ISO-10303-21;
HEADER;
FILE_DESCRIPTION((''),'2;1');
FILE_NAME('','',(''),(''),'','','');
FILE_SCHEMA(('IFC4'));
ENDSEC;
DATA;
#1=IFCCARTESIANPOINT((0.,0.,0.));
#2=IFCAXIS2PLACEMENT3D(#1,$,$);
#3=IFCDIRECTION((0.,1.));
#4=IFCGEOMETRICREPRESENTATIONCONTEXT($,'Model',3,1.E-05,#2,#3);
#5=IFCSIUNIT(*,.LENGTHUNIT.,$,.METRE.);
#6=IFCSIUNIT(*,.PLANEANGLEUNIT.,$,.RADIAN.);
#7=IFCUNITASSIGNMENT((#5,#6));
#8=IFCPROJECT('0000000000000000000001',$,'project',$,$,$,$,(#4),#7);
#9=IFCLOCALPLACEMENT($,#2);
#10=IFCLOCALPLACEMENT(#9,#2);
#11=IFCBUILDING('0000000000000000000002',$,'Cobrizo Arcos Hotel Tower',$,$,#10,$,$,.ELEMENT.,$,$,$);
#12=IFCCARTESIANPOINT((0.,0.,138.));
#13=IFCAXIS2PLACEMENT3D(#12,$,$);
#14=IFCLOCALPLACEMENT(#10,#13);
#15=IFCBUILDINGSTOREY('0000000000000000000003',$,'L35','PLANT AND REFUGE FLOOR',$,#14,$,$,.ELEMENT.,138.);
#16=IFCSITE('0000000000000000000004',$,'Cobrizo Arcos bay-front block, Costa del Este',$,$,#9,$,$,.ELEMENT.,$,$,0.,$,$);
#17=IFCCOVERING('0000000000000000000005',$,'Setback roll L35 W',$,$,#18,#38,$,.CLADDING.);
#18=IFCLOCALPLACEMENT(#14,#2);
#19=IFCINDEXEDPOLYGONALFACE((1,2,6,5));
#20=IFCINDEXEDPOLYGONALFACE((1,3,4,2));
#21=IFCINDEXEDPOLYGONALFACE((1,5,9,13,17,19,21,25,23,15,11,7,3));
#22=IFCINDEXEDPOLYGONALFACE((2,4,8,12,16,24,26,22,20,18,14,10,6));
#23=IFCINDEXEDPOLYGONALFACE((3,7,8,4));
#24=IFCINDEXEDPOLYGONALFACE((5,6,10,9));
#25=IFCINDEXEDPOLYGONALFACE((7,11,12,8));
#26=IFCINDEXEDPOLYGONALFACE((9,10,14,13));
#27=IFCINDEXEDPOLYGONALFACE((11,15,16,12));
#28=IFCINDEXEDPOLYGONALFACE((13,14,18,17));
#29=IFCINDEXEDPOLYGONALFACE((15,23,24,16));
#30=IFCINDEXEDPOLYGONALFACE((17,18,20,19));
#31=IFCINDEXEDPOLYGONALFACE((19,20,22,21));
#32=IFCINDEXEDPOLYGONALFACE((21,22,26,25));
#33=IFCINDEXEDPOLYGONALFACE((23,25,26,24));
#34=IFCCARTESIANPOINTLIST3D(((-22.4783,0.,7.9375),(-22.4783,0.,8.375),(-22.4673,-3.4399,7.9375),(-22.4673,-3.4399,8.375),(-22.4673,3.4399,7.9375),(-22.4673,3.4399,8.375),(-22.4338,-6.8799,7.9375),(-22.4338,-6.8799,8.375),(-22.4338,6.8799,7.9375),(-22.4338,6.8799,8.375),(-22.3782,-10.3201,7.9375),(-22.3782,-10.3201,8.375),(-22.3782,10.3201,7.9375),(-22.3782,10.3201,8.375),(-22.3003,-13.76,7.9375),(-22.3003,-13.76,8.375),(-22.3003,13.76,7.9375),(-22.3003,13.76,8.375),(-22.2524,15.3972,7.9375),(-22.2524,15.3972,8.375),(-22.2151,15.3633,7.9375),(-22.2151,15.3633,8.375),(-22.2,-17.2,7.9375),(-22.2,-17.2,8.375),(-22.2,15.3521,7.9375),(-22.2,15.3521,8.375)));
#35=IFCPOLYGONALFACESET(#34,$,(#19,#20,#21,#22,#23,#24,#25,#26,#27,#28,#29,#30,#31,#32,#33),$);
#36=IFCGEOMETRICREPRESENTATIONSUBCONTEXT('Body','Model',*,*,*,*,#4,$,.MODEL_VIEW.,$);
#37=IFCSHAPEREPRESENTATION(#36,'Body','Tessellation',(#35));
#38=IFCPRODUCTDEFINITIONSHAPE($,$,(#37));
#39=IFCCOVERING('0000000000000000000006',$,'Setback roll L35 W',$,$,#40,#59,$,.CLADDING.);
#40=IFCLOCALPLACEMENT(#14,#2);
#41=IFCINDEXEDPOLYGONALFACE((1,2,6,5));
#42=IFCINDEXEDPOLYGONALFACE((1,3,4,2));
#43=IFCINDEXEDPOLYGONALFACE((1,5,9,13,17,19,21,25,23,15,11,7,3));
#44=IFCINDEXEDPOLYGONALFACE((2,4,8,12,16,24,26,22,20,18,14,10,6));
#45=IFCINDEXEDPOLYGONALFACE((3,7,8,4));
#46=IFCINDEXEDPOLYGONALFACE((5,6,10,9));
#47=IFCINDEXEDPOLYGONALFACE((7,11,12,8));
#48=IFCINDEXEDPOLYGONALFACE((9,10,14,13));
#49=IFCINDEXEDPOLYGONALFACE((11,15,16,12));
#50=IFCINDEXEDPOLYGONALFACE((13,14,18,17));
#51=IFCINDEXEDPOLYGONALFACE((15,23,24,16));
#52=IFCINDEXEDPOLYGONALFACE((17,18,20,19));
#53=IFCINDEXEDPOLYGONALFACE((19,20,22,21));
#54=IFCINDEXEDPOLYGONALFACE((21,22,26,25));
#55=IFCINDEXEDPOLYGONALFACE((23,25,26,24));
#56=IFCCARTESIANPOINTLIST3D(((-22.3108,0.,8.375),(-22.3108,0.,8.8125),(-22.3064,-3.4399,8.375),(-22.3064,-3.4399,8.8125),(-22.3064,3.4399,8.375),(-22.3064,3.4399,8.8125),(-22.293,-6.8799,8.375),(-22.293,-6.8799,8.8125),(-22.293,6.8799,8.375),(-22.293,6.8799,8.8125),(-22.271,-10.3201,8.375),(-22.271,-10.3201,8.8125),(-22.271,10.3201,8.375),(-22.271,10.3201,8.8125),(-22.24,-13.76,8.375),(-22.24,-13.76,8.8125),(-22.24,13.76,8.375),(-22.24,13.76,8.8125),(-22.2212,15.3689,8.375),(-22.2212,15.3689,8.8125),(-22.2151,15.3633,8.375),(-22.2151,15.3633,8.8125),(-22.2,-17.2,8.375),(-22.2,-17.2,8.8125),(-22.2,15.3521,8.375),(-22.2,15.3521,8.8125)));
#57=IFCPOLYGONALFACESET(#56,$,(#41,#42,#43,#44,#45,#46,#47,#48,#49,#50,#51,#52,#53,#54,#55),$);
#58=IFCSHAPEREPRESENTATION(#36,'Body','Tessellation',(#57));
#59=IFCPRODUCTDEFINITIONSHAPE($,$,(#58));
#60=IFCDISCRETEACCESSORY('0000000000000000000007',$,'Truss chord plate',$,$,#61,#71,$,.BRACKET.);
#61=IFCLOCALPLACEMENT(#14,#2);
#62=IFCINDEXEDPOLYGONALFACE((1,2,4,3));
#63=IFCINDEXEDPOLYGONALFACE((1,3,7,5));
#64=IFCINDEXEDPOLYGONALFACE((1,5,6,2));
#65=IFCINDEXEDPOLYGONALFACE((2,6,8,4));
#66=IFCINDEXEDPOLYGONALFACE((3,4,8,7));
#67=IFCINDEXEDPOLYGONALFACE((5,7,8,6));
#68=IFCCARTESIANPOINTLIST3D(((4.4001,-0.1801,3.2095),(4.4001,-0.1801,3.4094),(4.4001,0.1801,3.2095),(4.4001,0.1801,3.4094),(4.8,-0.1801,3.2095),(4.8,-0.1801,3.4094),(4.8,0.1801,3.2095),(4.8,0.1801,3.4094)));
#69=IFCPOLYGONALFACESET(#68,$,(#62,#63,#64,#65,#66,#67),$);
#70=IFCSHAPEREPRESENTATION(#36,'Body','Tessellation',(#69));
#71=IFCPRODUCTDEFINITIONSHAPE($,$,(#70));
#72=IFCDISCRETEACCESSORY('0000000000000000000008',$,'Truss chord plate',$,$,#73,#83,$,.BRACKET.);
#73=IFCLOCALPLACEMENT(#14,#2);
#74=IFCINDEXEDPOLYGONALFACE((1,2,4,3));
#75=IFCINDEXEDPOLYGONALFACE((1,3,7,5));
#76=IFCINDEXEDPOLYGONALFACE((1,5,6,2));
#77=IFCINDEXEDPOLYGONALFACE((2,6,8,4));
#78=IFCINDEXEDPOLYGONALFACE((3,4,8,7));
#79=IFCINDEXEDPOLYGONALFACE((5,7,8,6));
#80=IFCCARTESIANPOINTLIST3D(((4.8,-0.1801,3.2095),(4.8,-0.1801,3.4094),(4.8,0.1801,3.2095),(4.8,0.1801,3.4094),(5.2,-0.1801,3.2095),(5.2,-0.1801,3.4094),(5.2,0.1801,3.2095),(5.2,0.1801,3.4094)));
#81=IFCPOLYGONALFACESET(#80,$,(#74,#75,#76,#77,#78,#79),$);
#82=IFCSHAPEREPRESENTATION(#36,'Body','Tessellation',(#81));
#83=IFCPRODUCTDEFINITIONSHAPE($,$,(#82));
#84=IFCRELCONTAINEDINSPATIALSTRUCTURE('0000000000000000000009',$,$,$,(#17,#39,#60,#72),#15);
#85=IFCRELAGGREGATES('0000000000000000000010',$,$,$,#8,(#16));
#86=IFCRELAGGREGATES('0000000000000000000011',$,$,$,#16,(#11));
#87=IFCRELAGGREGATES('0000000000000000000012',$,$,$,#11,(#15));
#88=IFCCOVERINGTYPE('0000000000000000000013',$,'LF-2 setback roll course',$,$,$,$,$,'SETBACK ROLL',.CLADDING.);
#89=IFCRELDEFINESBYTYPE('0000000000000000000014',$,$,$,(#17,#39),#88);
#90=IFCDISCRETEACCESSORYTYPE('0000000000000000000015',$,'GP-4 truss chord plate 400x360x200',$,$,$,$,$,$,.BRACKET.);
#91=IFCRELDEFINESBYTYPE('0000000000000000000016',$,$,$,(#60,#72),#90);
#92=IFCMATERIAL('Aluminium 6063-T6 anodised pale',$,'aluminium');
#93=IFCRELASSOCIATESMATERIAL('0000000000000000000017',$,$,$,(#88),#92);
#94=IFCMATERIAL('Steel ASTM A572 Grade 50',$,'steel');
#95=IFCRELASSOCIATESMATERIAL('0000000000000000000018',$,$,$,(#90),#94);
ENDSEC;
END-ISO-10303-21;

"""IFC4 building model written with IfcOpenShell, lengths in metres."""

from ifc_helpers import new_model, si_unit, direction, frame, origin, origin_2d, place, context, subcontext, project, spatial, polyline, rectangle, outline, extrude, material, type_object, element, save


model = new_model("IFC4")

# Units and contexts
model_context = context("Model", 3, precision=1e-05, world=origin(), true_north=direction((0.0, 1.0)))
body_context = subcontext(model_context, "Body", "Model", "MODEL_VIEW")
ifc_project = project(units=[si_unit("LENGTHUNIT", "METRE"), si_unit("PLANEANGLEUNIT", "RADIAN")], contexts=[model_context])

# Site, building, storey
site_placement = place(None, origin())
site = spatial("IfcSite", under=ifc_project, at=site_placement, Name="Cobrizo Arcos bay-front block, Costa del Este", CompositionType="ELEMENT", RefElevation=0.0)
building_placement = place(site_placement, origin())
building = spatial("IfcBuilding", under=site, at=building_placement, Name="Cobrizo Arcos Hotel Tower", CompositionType="ELEMENT")
storey_placement = place(building_placement, frame((0.0, 0.0, 138.0)))
storey = spatial("IfcBuildingStorey", under=building, at=storey_placement, Name="L35", Description="PLANT AND REFUGE FLOOR", CompositionType="ELEMENT", Elevation=138.0)

# Coverings
ifc_material_1 = material(Name="Aluminium 6063-T6 anodised pale", Category="aluminium")
covering_type = type_object("IfcCoveringType", Name="LF-2 setback roll course", ElementType="SETBACK ROLL", PredefinedType="CLADDING", material=ifc_material_1)
covering_1_placement = place(storey_placement, frame((0.0, 0.0, 7.9375)))
element("IfcCovering", 1, at=covering_1_placement, inside=storey, type_object=covering_type, Name="Setback roll L35 W", PredefinedType="CLADDING", context=body_context, shape_type="SweptSolid", body=[
    extrude(outline(polyline([(-22.2, -17.2), (-22.3003, -13.76), (-22.3782, -10.3201), (-22.4338, -6.8799), (-22.4673, -3.4399), (-22.4783, 0.0), (-22.4673, 3.4399), (-22.4338, 6.8799), (-22.3782, 10.3201), (-22.3003, 13.76), (-22.2524, 15.3972), (-22.2151, 15.3633), (-22.2, 15.3521), (-22.2, -17.2)])), origin(), (0.0, 0.0, 1.0), 0.4375),
])
covering_2_placement = place(storey_placement, frame((0.0, 0.0, 8.375)))
element("IfcCovering", 2, at=covering_2_placement, inside=storey, type_object=covering_type, Name="Setback roll L35 W", PredefinedType="CLADDING", context=body_context, shape_type="SweptSolid", body=[
    extrude(outline(polyline([(-22.2, -17.2), (-22.24, -13.76), (-22.271, -10.3201), (-22.293, -6.8799), (-22.3064, -3.4399), (-22.3108, 0.0), (-22.3064, 3.4399), (-22.293, 6.8799), (-22.271, 10.3201), (-22.24, 13.76), (-22.2212, 15.3689), (-22.2151, 15.3633), (-22.2, 15.3521), (-22.2, -17.2)])), origin(), (0.0, 0.0, 1.0), 0.4375),
])

# Discrete accessories
ifc_material_2 = material(Name="Steel ASTM A572 Grade 50", Category="steel")
discrete_accessory_type = type_object("IfcDiscreteAccessoryType", Name="GP-4 truss chord plate 400x360x200", PredefinedType="BRACKET", material=ifc_material_2)
for number, where, z_axis, x_axis, name in (
    (3, (4.6001, 0.0, 3.2095), (0.0, 0.0, 1.0), (1.0, 0.0, 0.0), "Truss chord plate"),
    (4, (5.0, 0.0, 3.2095), (0.0, 0.0, 1.0), (1.0, 0.0, 0.0), "Truss chord plate"),
):
    element("IfcDiscreteAccessory", number, at=place(storey_placement, frame(where, z_axis=z_axis, x_axis=x_axis)), inside=storey, type_object=discrete_accessory_type, Name=name, PredefinedType="BRACKET", context=body_context, shape_type="SweptSolid", body=[
        extrude(rectangle(XDim=0.3999, YDim=0.3601, at=origin_2d()), origin(), (0.0, 0.0, 1.0), 0.2),
    ])

save(model, "model.ifc")
